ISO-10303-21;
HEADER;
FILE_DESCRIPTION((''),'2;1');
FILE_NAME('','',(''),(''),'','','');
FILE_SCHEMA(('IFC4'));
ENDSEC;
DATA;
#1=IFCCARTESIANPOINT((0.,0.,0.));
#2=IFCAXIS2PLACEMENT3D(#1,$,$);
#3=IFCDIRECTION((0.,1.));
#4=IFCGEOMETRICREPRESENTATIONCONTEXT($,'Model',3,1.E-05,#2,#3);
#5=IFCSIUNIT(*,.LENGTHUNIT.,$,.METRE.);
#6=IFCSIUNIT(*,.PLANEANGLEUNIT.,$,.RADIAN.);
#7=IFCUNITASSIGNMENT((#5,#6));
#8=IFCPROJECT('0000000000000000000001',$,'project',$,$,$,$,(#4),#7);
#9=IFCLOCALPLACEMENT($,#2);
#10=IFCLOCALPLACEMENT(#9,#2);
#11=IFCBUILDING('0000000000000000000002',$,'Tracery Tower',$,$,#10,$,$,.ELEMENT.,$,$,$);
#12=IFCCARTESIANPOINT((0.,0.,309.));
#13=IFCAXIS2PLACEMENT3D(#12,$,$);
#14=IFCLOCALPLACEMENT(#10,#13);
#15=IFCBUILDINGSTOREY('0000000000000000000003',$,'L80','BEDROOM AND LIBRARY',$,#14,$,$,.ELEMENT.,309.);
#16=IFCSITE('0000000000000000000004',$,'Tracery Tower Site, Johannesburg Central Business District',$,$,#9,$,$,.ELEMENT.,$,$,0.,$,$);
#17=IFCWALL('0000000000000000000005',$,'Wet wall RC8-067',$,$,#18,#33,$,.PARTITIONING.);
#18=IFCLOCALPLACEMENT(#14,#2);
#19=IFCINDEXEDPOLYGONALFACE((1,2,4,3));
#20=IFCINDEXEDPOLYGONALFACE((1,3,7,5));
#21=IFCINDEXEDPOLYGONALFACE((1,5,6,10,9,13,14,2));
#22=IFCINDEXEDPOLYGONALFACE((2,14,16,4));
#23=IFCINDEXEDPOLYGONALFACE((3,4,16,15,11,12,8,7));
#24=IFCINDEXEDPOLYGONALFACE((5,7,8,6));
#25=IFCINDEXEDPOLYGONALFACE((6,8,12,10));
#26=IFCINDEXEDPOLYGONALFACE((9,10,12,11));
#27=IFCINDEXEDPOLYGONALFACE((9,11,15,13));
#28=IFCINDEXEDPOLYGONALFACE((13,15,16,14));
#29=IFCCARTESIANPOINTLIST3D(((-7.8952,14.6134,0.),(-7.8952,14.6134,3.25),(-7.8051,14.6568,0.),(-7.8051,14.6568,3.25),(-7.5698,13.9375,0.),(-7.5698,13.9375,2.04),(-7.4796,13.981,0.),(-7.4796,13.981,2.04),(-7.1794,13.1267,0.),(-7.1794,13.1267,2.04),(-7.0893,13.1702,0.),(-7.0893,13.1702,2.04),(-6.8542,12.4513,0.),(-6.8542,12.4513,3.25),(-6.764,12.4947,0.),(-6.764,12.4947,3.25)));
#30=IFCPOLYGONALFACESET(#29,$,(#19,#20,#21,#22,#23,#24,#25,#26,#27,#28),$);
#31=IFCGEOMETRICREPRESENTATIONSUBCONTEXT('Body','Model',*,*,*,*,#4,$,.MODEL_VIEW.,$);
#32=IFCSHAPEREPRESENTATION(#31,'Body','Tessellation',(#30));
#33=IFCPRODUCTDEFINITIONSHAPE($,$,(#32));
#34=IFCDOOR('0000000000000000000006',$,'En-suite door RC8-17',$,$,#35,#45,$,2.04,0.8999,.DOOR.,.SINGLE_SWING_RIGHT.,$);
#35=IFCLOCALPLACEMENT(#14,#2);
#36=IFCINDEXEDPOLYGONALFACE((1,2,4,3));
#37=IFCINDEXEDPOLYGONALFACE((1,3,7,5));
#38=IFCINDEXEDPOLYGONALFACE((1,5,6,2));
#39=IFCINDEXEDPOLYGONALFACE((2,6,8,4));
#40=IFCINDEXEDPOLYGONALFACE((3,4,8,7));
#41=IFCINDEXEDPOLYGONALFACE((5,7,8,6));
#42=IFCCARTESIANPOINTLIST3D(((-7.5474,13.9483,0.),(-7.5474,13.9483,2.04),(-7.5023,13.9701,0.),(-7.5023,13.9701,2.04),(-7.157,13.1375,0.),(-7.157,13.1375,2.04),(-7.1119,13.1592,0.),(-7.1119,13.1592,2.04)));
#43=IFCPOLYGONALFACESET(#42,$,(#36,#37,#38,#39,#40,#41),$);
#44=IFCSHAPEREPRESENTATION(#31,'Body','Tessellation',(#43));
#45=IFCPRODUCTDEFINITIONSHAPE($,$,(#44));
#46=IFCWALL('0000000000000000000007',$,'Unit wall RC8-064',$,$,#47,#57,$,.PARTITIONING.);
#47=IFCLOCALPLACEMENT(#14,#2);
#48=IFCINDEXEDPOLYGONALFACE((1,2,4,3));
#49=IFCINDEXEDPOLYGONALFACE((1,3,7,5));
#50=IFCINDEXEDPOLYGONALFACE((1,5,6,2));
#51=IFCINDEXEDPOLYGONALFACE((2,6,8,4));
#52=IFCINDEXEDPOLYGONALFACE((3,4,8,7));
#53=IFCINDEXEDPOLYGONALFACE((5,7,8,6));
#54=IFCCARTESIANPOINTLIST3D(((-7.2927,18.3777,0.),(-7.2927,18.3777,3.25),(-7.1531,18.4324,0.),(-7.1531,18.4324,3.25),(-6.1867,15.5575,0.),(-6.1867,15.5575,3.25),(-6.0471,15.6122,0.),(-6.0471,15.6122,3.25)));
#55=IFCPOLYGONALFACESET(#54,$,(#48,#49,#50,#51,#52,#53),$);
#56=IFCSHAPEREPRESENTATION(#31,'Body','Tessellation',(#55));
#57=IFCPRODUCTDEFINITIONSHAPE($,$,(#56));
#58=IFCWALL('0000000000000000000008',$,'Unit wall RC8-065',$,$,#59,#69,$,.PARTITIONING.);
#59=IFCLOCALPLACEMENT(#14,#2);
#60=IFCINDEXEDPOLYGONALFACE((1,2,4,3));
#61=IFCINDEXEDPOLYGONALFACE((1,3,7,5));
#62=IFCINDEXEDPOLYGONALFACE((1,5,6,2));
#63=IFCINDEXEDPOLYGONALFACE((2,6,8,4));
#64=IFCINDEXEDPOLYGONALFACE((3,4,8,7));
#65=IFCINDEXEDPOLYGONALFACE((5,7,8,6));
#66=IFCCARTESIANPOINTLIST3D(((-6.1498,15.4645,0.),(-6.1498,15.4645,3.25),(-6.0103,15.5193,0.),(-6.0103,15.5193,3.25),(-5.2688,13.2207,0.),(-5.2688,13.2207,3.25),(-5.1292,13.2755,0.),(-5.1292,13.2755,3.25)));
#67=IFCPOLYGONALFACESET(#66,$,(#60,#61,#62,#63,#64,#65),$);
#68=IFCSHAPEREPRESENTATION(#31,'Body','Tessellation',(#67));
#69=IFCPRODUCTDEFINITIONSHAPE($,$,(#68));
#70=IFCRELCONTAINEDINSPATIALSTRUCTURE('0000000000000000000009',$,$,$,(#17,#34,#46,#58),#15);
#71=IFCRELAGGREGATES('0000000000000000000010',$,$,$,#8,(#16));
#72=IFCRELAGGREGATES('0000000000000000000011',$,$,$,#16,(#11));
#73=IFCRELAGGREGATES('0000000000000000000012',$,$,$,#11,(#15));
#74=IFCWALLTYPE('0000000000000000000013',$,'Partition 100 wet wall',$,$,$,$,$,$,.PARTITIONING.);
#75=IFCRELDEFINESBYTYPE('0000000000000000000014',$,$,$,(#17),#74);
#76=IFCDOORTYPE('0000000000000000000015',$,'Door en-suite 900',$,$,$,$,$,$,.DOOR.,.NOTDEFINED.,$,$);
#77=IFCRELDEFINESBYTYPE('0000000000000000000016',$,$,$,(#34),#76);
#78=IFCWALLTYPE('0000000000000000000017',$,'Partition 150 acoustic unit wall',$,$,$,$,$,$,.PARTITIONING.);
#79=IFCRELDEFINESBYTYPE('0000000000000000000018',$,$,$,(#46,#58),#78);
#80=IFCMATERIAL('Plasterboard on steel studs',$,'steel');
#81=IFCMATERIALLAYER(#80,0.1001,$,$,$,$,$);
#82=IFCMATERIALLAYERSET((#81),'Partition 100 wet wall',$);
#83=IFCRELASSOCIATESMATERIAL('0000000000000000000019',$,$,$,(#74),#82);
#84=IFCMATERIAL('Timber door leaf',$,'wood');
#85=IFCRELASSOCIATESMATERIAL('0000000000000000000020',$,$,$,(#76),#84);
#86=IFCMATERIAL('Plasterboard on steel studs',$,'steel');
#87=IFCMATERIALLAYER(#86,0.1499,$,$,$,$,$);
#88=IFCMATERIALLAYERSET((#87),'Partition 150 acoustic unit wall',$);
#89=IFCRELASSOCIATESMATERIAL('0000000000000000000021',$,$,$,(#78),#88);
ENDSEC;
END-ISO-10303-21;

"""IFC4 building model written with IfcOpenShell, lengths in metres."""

from ifc_helpers import new_model, si_unit, direction, frame, frame_2d, origin, place, context, subcontext, project, spatial, rectangle, extrude, material, layer, layer_set, type_object, element, fill, save


model = new_model("IFC4")

# Units and contexts
model_context = context("Model", 3, precision=1e-05, world=origin(), true_north=direction((0.0, 1.0)))
body_context = subcontext(model_context, "Body", "Model", "MODEL_VIEW")
ifc_project = project(units=[si_unit("LENGTHUNIT", "METRE"), si_unit("PLANEANGLEUNIT", "RADIAN")], contexts=[model_context])

# Site, building, storey
site_placement = place(None, origin())
site = spatial("IfcSite", under=ifc_project, at=site_placement, Name="Tracery Tower Site, Johannesburg Central Business District", CompositionType="ELEMENT", RefElevation=0.0)
building_placement = place(site_placement, origin())
building = spatial("IfcBuilding", under=site, at=building_placement, Name="Tracery Tower", CompositionType="ELEMENT")
storey_placement = place(building_placement, frame((0.0, 0.0, 309.0)))
storey = spatial("IfcBuildingStorey", under=building, at=storey_placement, Name="L80", Description="BEDROOM AND LIBRARY", CompositionType="ELEMENT", Elevation=309.0)

# Shared definitions
ifc_material_1 = material(Name="Plasterboard on steel studs", Category="steel")
ifc_layer_1 = layer(ifc_material_1, 0.1001)
ifc_layer_set_1 = layer_set([ifc_layer_1], Name="Partition 100 wet wall")
wall_type_1 = type_object("IfcWallType", Name="Partition 100 wet wall", PredefinedType="PARTITIONING", material=ifc_layer_set_1)
ifc_material_2 = material(Name="Timber door leaf", Category="wood")
door_type = type_object("IfcDoorType", Name="Door en-suite 900", OperationType="NOTDEFINED", PredefinedType="DOOR", material=ifc_material_2)

# Wall, opening, door
wall_1_placement = place(storey_placement, frame((-7.8501, 14.635, 0.0), z_axis=(0.0, 0.0, 1.0), x_axis=(0.433816, -0.901002, 0.0)))
wall_1 = element("IfcWall", 1, at=wall_1_placement, inside=storey, type_object=wall_type_1, Name="Wet wall RC8-067", PredefinedType="PARTITIONING", context=body_context, shape_type="SweptSolid", body=[
    extrude(rectangle(XDim=2.3997, YDim=0.1001, at=frame_2d((1.1997, 0.0))), origin(), (0.0, 0.0, 1.0), 3.25),
])
opening_1_placement = place(wall_1_placement, frame((0.75, 0.0, 0.0)))
opening_1 = element("IfcOpeningElement", 2, at=opening_1_placement, cuts=wall_1, PredefinedType="OPENING", context=body_context, shape_type="SweptSolid", body=[
    extrude(rectangle(XDim=0.8999, YDim=2.04, at=frame_2d((0.45, 1.02))), frame((0.0, 0.05, 0.0), z_axis=(0.0, -1.0, 0.0), x_axis=(1.0, 0.0, 0.0)), (0.0, 0.0, 1.0), 0.1001),
])
door_1_placement = place(opening_1_placement, origin())
door_1 = element("IfcDoor", 3, at=door_1_placement, inside=storey, type_object=door_type, Name="En-suite door RC8-17", OperationType="SINGLE_SWING_RIGHT", OverallHeight=2.04, OverallWidth=0.8999, PredefinedType="DOOR", context=body_context, shape_type="SweptSolid", body=[
    extrude(rectangle(XDim=0.8999, YDim=2.04, at=frame_2d((0.45, 1.02))), frame((0.0, 0.0249, 0.0), z_axis=(0.0, -1.0, 0.0), x_axis=(1.0, 0.0, 0.0)), (0.0, 0.0, 1.0), 0.05),
])
fill(opening_1, door_1)

# Walls
ifc_material_3 = material(Name="Plasterboard on steel studs", Category="steel")
ifc_layer_2 = layer(ifc_material_3, 0.1499)
ifc_layer_set_2 = layer_set([ifc_layer_2], Name="Partition 150 acoustic unit wall")
wall_type_2 = type_object("IfcWallType", Name="Partition 150 acoustic unit wall", PredefinedType="PARTITIONING", material=ifc_layer_set_2)
wall_2_placement = place(storey_placement, frame((-7.2229, 18.405, 0.0), z_axis=(0.0, 0.0, 1.0), x_axis=(0.365101, -0.930968, 0.0)))
element("IfcWall", 4, at=wall_2_placement, inside=storey, type_object=wall_type_2, Name="Unit wall RC8-064", PredefinedType="PARTITIONING", context=body_context, shape_type="SweptSolid", body=[
    extrude(rectangle(XDim=3.0293, YDim=0.1499, at=frame_2d((1.5146, 0.0))), origin(), (0.0, 0.0, 1.0), 3.25),
])
wall_3_placement = place(storey_placement, frame((-6.0801, 15.4919, 0.0), z_axis=(0.0, 0.0, 1.0), x_axis=(0.365499, -0.930812, 0.0)))
element("IfcWall", 5, at=wall_3_placement, inside=storey, type_object=wall_type_2, Name="Unit wall RC8-065", PredefinedType="PARTITIONING", context=body_context, shape_type="SweptSolid", body=[
    extrude(rectangle(XDim=2.4106, YDim=0.1499, at=frame_2d((1.2053, 0.0))), origin(), (0.0, 0.0, 1.0), 3.25),
])

save(model, "model.ifc")
